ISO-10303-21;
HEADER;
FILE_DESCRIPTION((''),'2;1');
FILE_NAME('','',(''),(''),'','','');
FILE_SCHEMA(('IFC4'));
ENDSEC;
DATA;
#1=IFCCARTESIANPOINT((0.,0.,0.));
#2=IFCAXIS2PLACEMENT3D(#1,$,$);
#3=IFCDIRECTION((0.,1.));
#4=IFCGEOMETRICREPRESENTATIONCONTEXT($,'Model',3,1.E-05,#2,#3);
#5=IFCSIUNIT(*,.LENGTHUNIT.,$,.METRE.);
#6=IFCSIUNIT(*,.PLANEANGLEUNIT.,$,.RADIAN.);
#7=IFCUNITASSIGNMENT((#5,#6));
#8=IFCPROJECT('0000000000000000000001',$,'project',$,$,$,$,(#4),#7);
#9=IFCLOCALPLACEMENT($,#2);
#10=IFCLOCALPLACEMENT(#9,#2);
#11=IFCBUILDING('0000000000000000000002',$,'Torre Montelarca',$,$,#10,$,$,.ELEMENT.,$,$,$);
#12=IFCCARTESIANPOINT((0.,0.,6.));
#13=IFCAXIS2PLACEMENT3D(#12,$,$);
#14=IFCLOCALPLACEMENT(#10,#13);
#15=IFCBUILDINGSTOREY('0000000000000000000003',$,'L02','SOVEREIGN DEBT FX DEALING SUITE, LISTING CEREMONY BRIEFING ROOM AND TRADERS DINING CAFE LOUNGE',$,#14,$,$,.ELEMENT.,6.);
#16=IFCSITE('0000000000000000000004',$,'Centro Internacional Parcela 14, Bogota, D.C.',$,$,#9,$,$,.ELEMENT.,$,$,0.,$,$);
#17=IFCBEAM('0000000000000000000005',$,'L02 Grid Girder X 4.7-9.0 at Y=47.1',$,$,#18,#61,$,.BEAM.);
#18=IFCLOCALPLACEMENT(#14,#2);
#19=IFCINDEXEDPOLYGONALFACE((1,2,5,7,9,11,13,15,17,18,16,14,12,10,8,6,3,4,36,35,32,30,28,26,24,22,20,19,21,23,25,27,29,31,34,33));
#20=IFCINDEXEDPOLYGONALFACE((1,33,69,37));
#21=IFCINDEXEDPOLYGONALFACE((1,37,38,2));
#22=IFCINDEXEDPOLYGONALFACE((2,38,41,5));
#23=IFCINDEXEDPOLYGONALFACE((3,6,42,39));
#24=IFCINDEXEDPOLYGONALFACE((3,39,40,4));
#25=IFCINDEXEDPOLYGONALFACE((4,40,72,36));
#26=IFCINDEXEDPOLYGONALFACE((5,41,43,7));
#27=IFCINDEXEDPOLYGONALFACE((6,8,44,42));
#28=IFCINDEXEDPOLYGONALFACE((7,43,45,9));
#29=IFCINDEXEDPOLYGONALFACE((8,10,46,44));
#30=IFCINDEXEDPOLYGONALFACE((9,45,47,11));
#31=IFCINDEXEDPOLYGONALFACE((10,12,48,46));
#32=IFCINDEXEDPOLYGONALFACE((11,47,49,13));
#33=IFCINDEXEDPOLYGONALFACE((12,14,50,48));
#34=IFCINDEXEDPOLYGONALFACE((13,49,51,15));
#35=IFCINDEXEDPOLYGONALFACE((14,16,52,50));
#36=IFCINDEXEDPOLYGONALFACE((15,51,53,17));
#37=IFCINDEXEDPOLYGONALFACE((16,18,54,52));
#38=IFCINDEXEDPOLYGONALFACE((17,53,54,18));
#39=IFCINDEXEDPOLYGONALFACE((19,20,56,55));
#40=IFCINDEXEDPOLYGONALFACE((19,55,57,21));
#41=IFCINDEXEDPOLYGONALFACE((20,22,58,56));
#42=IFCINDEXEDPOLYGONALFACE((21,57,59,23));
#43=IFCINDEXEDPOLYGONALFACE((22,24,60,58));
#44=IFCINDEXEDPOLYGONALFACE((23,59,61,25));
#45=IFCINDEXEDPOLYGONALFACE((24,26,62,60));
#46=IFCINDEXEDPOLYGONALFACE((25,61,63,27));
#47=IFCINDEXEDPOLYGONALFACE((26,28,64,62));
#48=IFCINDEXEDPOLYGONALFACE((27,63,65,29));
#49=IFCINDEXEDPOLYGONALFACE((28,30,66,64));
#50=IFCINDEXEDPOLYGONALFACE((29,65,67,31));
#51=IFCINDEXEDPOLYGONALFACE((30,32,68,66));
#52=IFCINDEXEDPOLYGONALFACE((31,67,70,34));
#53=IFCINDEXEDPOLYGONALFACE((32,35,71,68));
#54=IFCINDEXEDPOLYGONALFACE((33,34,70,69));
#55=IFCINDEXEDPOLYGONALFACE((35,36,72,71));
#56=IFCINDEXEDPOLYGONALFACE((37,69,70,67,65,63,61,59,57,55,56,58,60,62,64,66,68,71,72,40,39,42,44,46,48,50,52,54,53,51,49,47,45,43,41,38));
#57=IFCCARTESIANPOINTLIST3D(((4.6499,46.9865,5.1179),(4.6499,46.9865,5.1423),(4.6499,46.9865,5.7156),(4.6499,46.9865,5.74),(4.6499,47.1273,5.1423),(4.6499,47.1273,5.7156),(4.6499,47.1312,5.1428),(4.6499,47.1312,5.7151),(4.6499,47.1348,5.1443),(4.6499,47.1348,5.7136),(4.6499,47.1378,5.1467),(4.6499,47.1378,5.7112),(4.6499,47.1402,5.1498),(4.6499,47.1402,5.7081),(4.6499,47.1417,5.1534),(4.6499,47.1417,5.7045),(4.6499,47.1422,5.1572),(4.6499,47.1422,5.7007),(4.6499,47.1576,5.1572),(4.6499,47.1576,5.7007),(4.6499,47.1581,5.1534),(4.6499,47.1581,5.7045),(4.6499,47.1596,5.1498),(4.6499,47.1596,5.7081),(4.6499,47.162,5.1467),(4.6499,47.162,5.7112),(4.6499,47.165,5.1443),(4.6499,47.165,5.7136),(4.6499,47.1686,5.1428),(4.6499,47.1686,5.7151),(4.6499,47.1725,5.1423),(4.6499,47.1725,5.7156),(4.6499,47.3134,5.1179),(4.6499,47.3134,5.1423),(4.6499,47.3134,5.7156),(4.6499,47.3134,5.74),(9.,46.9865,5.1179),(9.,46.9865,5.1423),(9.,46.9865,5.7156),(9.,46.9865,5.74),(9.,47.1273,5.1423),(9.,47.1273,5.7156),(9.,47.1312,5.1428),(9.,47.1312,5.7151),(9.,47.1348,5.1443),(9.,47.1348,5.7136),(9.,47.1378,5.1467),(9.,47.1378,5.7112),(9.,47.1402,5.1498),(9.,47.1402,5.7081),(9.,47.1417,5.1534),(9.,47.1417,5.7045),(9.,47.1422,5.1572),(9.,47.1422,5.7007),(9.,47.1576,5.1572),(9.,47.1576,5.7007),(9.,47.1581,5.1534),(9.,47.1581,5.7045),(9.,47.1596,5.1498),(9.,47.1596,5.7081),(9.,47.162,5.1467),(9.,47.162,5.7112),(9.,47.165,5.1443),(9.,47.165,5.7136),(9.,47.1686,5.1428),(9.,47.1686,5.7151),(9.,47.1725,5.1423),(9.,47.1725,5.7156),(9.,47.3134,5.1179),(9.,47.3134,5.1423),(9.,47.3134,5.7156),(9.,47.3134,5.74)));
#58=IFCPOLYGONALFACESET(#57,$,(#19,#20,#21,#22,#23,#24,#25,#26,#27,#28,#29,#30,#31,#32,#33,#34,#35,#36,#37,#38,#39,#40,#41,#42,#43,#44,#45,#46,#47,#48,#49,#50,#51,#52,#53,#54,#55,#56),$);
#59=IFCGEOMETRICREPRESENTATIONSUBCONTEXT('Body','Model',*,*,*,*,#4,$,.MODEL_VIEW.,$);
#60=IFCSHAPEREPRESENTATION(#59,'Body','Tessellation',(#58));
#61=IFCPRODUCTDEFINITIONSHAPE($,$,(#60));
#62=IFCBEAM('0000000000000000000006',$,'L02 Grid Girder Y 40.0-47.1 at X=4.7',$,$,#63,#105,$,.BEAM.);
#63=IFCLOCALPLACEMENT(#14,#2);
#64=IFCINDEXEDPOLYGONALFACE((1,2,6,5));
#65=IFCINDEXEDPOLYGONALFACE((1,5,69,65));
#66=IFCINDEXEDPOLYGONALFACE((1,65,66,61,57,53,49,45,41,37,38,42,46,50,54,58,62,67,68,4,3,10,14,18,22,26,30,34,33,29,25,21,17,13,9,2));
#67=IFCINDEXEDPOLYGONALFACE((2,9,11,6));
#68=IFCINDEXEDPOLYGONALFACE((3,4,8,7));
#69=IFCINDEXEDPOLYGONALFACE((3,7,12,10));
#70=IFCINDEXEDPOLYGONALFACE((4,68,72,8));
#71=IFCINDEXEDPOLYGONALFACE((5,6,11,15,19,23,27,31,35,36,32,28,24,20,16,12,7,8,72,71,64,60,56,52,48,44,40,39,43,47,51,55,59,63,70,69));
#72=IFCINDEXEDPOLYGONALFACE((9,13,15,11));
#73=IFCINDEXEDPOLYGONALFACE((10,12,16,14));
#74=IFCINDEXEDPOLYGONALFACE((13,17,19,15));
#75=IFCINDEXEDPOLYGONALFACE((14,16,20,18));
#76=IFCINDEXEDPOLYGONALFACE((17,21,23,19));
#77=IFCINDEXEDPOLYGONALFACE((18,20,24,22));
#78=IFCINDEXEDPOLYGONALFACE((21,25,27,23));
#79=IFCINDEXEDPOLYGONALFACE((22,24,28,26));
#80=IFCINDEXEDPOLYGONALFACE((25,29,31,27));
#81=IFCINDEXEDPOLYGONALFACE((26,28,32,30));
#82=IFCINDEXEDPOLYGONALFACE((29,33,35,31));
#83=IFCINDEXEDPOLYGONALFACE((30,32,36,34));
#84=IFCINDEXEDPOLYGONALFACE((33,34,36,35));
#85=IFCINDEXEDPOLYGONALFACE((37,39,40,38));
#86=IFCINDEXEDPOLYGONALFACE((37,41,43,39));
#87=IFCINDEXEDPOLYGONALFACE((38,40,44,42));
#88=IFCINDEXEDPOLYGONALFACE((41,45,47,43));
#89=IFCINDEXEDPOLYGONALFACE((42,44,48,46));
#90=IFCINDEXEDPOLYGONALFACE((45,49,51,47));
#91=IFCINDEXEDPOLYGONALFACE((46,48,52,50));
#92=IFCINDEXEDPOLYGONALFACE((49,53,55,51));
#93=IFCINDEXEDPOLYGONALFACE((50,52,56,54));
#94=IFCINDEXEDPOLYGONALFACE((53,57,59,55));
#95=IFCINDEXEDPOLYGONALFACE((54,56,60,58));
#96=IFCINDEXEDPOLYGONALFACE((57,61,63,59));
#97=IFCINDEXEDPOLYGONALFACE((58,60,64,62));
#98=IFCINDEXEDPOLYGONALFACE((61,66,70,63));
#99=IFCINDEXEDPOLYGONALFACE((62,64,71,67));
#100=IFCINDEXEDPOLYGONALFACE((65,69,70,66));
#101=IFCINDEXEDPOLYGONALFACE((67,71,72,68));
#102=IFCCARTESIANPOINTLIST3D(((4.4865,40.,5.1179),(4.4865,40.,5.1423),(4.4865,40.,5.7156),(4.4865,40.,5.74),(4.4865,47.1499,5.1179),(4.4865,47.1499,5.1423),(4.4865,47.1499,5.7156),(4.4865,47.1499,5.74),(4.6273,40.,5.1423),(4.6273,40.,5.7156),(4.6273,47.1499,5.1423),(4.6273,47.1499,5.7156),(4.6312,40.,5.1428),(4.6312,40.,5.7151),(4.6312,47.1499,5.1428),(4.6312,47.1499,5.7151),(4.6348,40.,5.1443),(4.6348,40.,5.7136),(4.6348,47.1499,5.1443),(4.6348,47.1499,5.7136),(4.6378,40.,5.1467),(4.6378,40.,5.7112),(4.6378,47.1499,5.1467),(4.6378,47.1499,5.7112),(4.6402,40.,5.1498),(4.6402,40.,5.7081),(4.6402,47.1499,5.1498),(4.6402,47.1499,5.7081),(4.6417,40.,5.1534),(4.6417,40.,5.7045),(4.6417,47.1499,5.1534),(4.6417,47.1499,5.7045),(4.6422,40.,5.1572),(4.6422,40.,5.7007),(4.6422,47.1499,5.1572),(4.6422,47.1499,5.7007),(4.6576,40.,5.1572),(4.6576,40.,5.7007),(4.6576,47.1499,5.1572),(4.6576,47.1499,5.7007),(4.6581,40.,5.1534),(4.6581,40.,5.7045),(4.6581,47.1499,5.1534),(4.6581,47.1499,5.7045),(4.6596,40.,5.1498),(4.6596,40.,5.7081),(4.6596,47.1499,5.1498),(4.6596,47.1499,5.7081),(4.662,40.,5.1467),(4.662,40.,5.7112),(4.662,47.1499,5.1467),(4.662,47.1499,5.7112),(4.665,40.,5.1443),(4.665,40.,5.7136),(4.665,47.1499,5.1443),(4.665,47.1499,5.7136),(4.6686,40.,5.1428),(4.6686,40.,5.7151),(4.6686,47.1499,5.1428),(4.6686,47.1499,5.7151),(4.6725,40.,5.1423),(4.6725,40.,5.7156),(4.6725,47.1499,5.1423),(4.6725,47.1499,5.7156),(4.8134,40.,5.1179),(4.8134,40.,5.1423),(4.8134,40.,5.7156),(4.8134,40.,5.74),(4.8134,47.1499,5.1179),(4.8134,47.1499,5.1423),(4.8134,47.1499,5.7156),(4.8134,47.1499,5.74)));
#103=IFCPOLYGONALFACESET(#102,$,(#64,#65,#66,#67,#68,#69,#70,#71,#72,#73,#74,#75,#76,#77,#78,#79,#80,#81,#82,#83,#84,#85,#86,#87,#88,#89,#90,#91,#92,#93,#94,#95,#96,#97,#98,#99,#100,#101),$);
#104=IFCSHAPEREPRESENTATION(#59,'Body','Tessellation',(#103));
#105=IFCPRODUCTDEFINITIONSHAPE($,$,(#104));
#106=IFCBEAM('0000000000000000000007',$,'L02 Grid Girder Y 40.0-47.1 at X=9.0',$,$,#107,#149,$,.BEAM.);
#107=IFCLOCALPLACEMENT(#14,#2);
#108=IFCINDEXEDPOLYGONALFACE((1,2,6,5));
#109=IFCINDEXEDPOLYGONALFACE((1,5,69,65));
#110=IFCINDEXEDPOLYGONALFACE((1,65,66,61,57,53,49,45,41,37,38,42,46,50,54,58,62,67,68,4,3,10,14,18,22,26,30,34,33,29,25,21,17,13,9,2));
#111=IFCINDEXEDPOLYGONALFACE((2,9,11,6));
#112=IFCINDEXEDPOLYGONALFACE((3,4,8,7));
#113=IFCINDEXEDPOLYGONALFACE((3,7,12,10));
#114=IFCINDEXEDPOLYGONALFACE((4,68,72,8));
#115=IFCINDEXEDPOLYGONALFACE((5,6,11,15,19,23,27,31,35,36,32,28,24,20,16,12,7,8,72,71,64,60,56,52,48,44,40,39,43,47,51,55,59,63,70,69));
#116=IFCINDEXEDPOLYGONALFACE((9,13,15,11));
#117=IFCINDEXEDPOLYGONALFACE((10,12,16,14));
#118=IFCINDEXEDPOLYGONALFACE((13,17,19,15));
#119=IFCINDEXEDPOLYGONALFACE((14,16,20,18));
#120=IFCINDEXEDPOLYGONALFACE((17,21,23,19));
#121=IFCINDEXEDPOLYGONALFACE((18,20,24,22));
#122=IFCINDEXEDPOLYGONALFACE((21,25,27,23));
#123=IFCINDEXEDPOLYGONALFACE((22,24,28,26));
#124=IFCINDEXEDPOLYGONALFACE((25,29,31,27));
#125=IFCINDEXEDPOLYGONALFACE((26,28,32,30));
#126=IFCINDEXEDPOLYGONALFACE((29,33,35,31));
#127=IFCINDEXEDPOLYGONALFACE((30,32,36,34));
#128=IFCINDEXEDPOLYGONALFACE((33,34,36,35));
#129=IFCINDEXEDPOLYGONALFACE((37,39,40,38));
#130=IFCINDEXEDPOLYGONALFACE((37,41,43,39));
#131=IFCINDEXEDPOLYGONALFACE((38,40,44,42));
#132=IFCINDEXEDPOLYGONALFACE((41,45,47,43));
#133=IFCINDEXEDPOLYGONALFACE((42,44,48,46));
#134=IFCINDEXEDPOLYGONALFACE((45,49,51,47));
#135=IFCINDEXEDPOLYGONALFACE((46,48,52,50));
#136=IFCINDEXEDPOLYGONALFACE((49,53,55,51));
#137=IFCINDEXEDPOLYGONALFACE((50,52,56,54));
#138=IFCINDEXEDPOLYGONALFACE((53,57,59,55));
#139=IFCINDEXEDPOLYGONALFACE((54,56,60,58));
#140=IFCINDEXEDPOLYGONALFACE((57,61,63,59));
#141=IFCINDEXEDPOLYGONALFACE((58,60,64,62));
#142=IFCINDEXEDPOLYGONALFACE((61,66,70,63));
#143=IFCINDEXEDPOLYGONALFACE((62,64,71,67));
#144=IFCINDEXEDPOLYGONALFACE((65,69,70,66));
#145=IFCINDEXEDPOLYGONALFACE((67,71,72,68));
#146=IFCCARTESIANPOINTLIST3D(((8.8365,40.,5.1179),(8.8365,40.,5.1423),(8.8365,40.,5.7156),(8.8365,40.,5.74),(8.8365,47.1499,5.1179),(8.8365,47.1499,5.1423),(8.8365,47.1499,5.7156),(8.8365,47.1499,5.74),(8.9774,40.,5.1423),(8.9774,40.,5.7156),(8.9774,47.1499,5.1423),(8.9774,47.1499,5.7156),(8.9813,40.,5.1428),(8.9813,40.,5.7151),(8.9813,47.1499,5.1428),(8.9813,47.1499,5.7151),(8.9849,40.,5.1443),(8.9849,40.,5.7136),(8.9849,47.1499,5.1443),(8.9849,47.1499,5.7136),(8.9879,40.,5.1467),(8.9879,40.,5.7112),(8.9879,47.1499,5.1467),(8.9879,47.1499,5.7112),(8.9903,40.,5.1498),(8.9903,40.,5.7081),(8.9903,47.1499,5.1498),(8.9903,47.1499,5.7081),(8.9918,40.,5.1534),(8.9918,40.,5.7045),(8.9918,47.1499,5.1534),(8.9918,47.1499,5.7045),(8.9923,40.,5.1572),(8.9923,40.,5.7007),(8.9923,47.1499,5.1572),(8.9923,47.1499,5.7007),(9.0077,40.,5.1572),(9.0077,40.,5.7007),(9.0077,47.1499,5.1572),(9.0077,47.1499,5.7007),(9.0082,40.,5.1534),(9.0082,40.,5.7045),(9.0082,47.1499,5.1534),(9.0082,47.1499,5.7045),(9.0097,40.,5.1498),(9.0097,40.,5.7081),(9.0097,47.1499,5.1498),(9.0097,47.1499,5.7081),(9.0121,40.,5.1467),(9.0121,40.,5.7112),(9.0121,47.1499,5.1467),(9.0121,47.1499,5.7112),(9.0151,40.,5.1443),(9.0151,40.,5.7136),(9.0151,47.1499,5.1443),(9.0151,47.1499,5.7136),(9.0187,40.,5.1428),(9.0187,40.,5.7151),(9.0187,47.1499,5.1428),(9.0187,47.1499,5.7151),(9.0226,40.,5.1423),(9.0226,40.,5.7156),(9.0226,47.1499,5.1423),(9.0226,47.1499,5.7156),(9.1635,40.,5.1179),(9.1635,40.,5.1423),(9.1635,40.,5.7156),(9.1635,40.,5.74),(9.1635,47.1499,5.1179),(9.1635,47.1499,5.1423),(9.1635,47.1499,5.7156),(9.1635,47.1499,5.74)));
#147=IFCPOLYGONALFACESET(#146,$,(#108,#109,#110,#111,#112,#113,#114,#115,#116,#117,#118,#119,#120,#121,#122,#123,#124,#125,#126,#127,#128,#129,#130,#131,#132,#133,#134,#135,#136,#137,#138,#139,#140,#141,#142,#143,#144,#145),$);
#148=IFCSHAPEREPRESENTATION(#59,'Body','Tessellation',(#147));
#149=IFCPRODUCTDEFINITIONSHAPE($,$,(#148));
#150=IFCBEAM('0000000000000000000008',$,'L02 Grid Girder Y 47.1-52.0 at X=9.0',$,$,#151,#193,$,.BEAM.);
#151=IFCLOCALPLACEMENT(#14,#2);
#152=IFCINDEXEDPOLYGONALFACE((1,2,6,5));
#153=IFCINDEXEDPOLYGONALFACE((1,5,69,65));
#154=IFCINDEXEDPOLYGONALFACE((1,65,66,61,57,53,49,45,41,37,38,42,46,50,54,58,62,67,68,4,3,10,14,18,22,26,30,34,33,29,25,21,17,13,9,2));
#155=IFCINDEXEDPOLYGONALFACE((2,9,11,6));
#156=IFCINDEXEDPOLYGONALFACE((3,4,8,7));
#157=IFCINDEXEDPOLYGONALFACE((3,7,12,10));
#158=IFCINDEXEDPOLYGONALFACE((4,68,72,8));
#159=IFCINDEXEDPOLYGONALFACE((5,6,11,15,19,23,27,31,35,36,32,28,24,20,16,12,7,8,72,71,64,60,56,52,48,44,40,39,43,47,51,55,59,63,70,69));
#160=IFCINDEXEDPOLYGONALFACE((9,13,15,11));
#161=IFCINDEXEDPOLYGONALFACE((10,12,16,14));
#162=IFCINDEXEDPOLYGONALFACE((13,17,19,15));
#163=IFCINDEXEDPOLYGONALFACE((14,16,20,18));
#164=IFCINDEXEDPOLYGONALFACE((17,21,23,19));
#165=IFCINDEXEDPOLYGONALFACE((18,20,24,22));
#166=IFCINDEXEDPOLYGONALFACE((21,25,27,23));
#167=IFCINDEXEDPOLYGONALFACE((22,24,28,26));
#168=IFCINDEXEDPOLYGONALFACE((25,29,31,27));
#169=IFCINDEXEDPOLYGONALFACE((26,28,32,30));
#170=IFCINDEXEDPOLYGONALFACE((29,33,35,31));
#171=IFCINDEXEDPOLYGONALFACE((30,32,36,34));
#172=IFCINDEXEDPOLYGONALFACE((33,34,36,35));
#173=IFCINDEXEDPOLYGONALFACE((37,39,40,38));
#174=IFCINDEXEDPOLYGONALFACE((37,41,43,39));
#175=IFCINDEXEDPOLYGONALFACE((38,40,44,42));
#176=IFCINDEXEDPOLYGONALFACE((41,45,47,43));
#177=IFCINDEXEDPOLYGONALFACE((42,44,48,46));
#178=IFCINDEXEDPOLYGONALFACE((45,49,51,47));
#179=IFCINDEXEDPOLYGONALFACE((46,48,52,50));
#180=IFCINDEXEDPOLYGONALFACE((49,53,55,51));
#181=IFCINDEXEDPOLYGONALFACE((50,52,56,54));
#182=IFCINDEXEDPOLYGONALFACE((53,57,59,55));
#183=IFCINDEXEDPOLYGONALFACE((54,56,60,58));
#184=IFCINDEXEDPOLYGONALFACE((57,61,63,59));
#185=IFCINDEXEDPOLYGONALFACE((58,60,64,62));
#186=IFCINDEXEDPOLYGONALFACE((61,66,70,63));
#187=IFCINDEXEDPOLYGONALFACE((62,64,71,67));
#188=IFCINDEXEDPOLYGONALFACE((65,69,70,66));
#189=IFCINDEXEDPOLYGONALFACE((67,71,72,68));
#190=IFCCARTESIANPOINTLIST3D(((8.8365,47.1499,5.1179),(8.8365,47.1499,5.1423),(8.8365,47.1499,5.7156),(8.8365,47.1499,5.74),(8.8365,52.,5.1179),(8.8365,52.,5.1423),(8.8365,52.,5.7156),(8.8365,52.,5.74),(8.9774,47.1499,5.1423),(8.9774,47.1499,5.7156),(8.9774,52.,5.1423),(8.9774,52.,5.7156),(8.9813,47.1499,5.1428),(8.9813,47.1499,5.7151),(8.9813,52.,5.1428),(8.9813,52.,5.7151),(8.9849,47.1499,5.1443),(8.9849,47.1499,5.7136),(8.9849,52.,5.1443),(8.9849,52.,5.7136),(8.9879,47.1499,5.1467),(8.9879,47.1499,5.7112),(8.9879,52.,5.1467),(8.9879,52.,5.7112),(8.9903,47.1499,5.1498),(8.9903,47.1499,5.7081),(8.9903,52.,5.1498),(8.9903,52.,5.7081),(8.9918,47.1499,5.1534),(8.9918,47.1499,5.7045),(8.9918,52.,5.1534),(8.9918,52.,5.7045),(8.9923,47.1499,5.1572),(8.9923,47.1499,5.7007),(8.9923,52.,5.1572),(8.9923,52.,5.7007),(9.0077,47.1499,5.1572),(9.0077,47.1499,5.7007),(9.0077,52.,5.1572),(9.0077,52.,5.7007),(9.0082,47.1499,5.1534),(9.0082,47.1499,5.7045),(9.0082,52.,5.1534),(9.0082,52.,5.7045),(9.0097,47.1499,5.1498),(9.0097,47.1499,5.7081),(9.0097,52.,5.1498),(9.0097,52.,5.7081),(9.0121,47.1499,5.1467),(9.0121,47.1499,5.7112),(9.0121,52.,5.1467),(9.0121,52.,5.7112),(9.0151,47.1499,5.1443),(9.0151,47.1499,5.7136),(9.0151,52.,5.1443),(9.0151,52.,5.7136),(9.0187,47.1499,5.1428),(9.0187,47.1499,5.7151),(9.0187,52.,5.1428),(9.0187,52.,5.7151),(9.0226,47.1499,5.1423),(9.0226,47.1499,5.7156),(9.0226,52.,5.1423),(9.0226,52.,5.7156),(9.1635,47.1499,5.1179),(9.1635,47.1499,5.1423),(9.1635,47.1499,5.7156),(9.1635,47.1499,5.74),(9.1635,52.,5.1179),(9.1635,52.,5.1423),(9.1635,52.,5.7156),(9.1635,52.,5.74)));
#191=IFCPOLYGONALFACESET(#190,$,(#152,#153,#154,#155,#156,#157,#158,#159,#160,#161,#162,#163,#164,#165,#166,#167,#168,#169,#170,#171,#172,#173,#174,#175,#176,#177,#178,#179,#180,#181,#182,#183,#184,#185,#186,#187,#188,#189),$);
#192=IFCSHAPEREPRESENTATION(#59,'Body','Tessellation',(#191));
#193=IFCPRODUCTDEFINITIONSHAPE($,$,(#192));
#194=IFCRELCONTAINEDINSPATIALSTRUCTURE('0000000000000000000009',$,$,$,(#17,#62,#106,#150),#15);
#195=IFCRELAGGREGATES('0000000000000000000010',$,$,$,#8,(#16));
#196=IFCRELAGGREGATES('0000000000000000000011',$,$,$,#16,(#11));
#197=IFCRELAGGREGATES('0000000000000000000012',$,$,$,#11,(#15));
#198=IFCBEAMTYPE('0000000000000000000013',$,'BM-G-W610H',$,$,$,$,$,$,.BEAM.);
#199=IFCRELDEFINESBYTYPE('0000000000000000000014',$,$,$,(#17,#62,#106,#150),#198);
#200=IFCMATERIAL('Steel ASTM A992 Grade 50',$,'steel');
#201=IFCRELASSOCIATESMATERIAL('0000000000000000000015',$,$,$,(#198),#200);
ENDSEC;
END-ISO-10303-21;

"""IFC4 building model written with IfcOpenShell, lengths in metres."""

from ifc_helpers import new_model, si_unit, direction, frame, origin, origin_2d, place, context, subcontext, project, spatial, i_section, extrude, source, transform, mapped, material, material_profile, profile_set, type_object, element, save


model = new_model("IFC4")

# Units and contexts
model_context = context("Model", 3, precision=1e-05, world=origin(), true_north=direction((0.0, 1.0)))
body_context = subcontext(model_context, "Body", "Model", "MODEL_VIEW")
ifc_project = project(units=[si_unit("LENGTHUNIT", "METRE"), si_unit("PLANEANGLEUNIT", "RADIAN")], contexts=[model_context])

# Site, building, storey
site_placement = place(None, origin())
site = spatial("IfcSite", under=ifc_project, at=site_placement, Name="Centro Internacional Parcela 14, Bogota, D.C.", CompositionType="ELEMENT", RefElevation=0.0)
building_placement = place(site_placement, origin())
building = spatial("IfcBuilding", under=site, at=building_placement, Name="Torre Montelarca", CompositionType="ELEMENT")
storey_placement = place(building_placement, frame((0.0, 0.0, 6.0)))
storey = spatial("IfcBuildingStorey", under=building, at=storey_placement, Name="L02", Description="SOVEREIGN DEBT FX DEALING SUITE, LISTING CEREMONY BRIEFING ROOM AND TRADERS DINING CAFE LOUNGE", CompositionType="ELEMENT", Elevation=6.0)

# Beams
ifc_material_1 = material(Name="Steel ASTM A992 Grade 50", Category="steel")
ifc_material_profile_1 = material_profile(ifc_material_1, i_section(OverallWidth=0.3269, OverallDepth=0.6221, WebThickness=0.0154, FlangeThickness=0.0244, FilletRadius=0.0149, at=origin_2d()), Name="W610X195", Category="steel")
ifc_profile_set_1 = profile_set([ifc_material_profile_1], Name="Steel ASTM A992 Grade 50")
beam_type_1 = type_object("IfcBeamType", Name="BM-G-W610H", PredefinedType="BEAM", material=ifc_profile_set_1)
shared_shape_1 = source(origin(), body_context, "Body", "SweptSolid", [
    extrude(i_section(OverallWidth=0.3269, OverallDepth=0.6221, WebThickness=0.0154, FlangeThickness=0.0244, FilletRadius=0.0149, at=origin_2d()), origin(), (0.0, 0.0, 1.0), 4.3501),
])
for number, where, z_axis, x_axis, name in (
    (1, (4.6499, 47.1499, 5.429), (1.0, 0.0, 0.0), (0.0, 1.0, 0.0), "L02 Grid Girder X 4.7-9.0 at Y=47.1"),
):
    element("IfcBeam", number, at=place(storey_placement, frame(where, z_axis=z_axis, x_axis=x_axis)), inside=storey, type_object=beam_type_1, Name=name, PredefinedType="BEAM", context=body_context, shape_type="MappedRepresentation", body=[
        mapped(shared_shape_1, transform((0.0, 0.0, 0.0), scale=1.0)),
    ])
shared_shape_2 = source(origin(), body_context, "Body", "SweptSolid", [
    extrude(i_section(OverallWidth=0.3269, OverallDepth=0.6221, WebThickness=0.0154, FlangeThickness=0.0244, FilletRadius=0.0149, at=origin_2d()), origin(), (0.0, 0.0, 1.0), 7.1499),
])
for number, where, z_axis, x_axis, name in (
    (2, (4.6499, 40.0, 5.429), (0.0, 1.0, 0.0), (-1.0, 0.0, 0.0), "L02 Grid Girder Y 40.0-47.1 at X=4.7"),
    (3, (9.0, 40.0, 5.429), (0.0, 1.0, 0.0), (-1.0, 0.0, 0.0), "L02 Grid Girder Y 40.0-47.1 at X=9.0"),
):
    element("IfcBeam", number, at=place(storey_placement, frame(where, z_axis=z_axis, x_axis=x_axis)), inside=storey, type_object=beam_type_1, Name=name, PredefinedType="BEAM", context=body_context, shape_type="MappedRepresentation", body=[
        mapped(shared_shape_2, transform((0.0, 0.0, 0.0), scale=1.0)),
    ])
shared_shape_3 = source(origin(), body_context, "Body", "SweptSolid", [
    extrude(i_section(OverallWidth=0.3269, OverallDepth=0.6221, WebThickness=0.0154, FlangeThickness=0.0244, FilletRadius=0.0149, at=origin_2d()), origin(), (0.0, 0.0, 1.0), 4.8501),
])
beam_1_placement = place(storey_placement, frame((9.0, 47.1499, 5.429), z_axis=(0.0, 1.0, 0.0), x_axis=(-1.0, 0.0, 0.0)))
element("IfcBeam", 4, at=beam_1_placement, inside=storey, type_object=beam_type_1, Name="L02 Grid Girder Y 47.1-52.0 at X=9.0", PredefinedType="BEAM", context=body_context, shape_type="MappedRepresentation", body=[
    mapped(shared_shape_3, transform((0.0, 0.0, 0.0), scale=1.0)),
])

save(model, "model.ifc")
